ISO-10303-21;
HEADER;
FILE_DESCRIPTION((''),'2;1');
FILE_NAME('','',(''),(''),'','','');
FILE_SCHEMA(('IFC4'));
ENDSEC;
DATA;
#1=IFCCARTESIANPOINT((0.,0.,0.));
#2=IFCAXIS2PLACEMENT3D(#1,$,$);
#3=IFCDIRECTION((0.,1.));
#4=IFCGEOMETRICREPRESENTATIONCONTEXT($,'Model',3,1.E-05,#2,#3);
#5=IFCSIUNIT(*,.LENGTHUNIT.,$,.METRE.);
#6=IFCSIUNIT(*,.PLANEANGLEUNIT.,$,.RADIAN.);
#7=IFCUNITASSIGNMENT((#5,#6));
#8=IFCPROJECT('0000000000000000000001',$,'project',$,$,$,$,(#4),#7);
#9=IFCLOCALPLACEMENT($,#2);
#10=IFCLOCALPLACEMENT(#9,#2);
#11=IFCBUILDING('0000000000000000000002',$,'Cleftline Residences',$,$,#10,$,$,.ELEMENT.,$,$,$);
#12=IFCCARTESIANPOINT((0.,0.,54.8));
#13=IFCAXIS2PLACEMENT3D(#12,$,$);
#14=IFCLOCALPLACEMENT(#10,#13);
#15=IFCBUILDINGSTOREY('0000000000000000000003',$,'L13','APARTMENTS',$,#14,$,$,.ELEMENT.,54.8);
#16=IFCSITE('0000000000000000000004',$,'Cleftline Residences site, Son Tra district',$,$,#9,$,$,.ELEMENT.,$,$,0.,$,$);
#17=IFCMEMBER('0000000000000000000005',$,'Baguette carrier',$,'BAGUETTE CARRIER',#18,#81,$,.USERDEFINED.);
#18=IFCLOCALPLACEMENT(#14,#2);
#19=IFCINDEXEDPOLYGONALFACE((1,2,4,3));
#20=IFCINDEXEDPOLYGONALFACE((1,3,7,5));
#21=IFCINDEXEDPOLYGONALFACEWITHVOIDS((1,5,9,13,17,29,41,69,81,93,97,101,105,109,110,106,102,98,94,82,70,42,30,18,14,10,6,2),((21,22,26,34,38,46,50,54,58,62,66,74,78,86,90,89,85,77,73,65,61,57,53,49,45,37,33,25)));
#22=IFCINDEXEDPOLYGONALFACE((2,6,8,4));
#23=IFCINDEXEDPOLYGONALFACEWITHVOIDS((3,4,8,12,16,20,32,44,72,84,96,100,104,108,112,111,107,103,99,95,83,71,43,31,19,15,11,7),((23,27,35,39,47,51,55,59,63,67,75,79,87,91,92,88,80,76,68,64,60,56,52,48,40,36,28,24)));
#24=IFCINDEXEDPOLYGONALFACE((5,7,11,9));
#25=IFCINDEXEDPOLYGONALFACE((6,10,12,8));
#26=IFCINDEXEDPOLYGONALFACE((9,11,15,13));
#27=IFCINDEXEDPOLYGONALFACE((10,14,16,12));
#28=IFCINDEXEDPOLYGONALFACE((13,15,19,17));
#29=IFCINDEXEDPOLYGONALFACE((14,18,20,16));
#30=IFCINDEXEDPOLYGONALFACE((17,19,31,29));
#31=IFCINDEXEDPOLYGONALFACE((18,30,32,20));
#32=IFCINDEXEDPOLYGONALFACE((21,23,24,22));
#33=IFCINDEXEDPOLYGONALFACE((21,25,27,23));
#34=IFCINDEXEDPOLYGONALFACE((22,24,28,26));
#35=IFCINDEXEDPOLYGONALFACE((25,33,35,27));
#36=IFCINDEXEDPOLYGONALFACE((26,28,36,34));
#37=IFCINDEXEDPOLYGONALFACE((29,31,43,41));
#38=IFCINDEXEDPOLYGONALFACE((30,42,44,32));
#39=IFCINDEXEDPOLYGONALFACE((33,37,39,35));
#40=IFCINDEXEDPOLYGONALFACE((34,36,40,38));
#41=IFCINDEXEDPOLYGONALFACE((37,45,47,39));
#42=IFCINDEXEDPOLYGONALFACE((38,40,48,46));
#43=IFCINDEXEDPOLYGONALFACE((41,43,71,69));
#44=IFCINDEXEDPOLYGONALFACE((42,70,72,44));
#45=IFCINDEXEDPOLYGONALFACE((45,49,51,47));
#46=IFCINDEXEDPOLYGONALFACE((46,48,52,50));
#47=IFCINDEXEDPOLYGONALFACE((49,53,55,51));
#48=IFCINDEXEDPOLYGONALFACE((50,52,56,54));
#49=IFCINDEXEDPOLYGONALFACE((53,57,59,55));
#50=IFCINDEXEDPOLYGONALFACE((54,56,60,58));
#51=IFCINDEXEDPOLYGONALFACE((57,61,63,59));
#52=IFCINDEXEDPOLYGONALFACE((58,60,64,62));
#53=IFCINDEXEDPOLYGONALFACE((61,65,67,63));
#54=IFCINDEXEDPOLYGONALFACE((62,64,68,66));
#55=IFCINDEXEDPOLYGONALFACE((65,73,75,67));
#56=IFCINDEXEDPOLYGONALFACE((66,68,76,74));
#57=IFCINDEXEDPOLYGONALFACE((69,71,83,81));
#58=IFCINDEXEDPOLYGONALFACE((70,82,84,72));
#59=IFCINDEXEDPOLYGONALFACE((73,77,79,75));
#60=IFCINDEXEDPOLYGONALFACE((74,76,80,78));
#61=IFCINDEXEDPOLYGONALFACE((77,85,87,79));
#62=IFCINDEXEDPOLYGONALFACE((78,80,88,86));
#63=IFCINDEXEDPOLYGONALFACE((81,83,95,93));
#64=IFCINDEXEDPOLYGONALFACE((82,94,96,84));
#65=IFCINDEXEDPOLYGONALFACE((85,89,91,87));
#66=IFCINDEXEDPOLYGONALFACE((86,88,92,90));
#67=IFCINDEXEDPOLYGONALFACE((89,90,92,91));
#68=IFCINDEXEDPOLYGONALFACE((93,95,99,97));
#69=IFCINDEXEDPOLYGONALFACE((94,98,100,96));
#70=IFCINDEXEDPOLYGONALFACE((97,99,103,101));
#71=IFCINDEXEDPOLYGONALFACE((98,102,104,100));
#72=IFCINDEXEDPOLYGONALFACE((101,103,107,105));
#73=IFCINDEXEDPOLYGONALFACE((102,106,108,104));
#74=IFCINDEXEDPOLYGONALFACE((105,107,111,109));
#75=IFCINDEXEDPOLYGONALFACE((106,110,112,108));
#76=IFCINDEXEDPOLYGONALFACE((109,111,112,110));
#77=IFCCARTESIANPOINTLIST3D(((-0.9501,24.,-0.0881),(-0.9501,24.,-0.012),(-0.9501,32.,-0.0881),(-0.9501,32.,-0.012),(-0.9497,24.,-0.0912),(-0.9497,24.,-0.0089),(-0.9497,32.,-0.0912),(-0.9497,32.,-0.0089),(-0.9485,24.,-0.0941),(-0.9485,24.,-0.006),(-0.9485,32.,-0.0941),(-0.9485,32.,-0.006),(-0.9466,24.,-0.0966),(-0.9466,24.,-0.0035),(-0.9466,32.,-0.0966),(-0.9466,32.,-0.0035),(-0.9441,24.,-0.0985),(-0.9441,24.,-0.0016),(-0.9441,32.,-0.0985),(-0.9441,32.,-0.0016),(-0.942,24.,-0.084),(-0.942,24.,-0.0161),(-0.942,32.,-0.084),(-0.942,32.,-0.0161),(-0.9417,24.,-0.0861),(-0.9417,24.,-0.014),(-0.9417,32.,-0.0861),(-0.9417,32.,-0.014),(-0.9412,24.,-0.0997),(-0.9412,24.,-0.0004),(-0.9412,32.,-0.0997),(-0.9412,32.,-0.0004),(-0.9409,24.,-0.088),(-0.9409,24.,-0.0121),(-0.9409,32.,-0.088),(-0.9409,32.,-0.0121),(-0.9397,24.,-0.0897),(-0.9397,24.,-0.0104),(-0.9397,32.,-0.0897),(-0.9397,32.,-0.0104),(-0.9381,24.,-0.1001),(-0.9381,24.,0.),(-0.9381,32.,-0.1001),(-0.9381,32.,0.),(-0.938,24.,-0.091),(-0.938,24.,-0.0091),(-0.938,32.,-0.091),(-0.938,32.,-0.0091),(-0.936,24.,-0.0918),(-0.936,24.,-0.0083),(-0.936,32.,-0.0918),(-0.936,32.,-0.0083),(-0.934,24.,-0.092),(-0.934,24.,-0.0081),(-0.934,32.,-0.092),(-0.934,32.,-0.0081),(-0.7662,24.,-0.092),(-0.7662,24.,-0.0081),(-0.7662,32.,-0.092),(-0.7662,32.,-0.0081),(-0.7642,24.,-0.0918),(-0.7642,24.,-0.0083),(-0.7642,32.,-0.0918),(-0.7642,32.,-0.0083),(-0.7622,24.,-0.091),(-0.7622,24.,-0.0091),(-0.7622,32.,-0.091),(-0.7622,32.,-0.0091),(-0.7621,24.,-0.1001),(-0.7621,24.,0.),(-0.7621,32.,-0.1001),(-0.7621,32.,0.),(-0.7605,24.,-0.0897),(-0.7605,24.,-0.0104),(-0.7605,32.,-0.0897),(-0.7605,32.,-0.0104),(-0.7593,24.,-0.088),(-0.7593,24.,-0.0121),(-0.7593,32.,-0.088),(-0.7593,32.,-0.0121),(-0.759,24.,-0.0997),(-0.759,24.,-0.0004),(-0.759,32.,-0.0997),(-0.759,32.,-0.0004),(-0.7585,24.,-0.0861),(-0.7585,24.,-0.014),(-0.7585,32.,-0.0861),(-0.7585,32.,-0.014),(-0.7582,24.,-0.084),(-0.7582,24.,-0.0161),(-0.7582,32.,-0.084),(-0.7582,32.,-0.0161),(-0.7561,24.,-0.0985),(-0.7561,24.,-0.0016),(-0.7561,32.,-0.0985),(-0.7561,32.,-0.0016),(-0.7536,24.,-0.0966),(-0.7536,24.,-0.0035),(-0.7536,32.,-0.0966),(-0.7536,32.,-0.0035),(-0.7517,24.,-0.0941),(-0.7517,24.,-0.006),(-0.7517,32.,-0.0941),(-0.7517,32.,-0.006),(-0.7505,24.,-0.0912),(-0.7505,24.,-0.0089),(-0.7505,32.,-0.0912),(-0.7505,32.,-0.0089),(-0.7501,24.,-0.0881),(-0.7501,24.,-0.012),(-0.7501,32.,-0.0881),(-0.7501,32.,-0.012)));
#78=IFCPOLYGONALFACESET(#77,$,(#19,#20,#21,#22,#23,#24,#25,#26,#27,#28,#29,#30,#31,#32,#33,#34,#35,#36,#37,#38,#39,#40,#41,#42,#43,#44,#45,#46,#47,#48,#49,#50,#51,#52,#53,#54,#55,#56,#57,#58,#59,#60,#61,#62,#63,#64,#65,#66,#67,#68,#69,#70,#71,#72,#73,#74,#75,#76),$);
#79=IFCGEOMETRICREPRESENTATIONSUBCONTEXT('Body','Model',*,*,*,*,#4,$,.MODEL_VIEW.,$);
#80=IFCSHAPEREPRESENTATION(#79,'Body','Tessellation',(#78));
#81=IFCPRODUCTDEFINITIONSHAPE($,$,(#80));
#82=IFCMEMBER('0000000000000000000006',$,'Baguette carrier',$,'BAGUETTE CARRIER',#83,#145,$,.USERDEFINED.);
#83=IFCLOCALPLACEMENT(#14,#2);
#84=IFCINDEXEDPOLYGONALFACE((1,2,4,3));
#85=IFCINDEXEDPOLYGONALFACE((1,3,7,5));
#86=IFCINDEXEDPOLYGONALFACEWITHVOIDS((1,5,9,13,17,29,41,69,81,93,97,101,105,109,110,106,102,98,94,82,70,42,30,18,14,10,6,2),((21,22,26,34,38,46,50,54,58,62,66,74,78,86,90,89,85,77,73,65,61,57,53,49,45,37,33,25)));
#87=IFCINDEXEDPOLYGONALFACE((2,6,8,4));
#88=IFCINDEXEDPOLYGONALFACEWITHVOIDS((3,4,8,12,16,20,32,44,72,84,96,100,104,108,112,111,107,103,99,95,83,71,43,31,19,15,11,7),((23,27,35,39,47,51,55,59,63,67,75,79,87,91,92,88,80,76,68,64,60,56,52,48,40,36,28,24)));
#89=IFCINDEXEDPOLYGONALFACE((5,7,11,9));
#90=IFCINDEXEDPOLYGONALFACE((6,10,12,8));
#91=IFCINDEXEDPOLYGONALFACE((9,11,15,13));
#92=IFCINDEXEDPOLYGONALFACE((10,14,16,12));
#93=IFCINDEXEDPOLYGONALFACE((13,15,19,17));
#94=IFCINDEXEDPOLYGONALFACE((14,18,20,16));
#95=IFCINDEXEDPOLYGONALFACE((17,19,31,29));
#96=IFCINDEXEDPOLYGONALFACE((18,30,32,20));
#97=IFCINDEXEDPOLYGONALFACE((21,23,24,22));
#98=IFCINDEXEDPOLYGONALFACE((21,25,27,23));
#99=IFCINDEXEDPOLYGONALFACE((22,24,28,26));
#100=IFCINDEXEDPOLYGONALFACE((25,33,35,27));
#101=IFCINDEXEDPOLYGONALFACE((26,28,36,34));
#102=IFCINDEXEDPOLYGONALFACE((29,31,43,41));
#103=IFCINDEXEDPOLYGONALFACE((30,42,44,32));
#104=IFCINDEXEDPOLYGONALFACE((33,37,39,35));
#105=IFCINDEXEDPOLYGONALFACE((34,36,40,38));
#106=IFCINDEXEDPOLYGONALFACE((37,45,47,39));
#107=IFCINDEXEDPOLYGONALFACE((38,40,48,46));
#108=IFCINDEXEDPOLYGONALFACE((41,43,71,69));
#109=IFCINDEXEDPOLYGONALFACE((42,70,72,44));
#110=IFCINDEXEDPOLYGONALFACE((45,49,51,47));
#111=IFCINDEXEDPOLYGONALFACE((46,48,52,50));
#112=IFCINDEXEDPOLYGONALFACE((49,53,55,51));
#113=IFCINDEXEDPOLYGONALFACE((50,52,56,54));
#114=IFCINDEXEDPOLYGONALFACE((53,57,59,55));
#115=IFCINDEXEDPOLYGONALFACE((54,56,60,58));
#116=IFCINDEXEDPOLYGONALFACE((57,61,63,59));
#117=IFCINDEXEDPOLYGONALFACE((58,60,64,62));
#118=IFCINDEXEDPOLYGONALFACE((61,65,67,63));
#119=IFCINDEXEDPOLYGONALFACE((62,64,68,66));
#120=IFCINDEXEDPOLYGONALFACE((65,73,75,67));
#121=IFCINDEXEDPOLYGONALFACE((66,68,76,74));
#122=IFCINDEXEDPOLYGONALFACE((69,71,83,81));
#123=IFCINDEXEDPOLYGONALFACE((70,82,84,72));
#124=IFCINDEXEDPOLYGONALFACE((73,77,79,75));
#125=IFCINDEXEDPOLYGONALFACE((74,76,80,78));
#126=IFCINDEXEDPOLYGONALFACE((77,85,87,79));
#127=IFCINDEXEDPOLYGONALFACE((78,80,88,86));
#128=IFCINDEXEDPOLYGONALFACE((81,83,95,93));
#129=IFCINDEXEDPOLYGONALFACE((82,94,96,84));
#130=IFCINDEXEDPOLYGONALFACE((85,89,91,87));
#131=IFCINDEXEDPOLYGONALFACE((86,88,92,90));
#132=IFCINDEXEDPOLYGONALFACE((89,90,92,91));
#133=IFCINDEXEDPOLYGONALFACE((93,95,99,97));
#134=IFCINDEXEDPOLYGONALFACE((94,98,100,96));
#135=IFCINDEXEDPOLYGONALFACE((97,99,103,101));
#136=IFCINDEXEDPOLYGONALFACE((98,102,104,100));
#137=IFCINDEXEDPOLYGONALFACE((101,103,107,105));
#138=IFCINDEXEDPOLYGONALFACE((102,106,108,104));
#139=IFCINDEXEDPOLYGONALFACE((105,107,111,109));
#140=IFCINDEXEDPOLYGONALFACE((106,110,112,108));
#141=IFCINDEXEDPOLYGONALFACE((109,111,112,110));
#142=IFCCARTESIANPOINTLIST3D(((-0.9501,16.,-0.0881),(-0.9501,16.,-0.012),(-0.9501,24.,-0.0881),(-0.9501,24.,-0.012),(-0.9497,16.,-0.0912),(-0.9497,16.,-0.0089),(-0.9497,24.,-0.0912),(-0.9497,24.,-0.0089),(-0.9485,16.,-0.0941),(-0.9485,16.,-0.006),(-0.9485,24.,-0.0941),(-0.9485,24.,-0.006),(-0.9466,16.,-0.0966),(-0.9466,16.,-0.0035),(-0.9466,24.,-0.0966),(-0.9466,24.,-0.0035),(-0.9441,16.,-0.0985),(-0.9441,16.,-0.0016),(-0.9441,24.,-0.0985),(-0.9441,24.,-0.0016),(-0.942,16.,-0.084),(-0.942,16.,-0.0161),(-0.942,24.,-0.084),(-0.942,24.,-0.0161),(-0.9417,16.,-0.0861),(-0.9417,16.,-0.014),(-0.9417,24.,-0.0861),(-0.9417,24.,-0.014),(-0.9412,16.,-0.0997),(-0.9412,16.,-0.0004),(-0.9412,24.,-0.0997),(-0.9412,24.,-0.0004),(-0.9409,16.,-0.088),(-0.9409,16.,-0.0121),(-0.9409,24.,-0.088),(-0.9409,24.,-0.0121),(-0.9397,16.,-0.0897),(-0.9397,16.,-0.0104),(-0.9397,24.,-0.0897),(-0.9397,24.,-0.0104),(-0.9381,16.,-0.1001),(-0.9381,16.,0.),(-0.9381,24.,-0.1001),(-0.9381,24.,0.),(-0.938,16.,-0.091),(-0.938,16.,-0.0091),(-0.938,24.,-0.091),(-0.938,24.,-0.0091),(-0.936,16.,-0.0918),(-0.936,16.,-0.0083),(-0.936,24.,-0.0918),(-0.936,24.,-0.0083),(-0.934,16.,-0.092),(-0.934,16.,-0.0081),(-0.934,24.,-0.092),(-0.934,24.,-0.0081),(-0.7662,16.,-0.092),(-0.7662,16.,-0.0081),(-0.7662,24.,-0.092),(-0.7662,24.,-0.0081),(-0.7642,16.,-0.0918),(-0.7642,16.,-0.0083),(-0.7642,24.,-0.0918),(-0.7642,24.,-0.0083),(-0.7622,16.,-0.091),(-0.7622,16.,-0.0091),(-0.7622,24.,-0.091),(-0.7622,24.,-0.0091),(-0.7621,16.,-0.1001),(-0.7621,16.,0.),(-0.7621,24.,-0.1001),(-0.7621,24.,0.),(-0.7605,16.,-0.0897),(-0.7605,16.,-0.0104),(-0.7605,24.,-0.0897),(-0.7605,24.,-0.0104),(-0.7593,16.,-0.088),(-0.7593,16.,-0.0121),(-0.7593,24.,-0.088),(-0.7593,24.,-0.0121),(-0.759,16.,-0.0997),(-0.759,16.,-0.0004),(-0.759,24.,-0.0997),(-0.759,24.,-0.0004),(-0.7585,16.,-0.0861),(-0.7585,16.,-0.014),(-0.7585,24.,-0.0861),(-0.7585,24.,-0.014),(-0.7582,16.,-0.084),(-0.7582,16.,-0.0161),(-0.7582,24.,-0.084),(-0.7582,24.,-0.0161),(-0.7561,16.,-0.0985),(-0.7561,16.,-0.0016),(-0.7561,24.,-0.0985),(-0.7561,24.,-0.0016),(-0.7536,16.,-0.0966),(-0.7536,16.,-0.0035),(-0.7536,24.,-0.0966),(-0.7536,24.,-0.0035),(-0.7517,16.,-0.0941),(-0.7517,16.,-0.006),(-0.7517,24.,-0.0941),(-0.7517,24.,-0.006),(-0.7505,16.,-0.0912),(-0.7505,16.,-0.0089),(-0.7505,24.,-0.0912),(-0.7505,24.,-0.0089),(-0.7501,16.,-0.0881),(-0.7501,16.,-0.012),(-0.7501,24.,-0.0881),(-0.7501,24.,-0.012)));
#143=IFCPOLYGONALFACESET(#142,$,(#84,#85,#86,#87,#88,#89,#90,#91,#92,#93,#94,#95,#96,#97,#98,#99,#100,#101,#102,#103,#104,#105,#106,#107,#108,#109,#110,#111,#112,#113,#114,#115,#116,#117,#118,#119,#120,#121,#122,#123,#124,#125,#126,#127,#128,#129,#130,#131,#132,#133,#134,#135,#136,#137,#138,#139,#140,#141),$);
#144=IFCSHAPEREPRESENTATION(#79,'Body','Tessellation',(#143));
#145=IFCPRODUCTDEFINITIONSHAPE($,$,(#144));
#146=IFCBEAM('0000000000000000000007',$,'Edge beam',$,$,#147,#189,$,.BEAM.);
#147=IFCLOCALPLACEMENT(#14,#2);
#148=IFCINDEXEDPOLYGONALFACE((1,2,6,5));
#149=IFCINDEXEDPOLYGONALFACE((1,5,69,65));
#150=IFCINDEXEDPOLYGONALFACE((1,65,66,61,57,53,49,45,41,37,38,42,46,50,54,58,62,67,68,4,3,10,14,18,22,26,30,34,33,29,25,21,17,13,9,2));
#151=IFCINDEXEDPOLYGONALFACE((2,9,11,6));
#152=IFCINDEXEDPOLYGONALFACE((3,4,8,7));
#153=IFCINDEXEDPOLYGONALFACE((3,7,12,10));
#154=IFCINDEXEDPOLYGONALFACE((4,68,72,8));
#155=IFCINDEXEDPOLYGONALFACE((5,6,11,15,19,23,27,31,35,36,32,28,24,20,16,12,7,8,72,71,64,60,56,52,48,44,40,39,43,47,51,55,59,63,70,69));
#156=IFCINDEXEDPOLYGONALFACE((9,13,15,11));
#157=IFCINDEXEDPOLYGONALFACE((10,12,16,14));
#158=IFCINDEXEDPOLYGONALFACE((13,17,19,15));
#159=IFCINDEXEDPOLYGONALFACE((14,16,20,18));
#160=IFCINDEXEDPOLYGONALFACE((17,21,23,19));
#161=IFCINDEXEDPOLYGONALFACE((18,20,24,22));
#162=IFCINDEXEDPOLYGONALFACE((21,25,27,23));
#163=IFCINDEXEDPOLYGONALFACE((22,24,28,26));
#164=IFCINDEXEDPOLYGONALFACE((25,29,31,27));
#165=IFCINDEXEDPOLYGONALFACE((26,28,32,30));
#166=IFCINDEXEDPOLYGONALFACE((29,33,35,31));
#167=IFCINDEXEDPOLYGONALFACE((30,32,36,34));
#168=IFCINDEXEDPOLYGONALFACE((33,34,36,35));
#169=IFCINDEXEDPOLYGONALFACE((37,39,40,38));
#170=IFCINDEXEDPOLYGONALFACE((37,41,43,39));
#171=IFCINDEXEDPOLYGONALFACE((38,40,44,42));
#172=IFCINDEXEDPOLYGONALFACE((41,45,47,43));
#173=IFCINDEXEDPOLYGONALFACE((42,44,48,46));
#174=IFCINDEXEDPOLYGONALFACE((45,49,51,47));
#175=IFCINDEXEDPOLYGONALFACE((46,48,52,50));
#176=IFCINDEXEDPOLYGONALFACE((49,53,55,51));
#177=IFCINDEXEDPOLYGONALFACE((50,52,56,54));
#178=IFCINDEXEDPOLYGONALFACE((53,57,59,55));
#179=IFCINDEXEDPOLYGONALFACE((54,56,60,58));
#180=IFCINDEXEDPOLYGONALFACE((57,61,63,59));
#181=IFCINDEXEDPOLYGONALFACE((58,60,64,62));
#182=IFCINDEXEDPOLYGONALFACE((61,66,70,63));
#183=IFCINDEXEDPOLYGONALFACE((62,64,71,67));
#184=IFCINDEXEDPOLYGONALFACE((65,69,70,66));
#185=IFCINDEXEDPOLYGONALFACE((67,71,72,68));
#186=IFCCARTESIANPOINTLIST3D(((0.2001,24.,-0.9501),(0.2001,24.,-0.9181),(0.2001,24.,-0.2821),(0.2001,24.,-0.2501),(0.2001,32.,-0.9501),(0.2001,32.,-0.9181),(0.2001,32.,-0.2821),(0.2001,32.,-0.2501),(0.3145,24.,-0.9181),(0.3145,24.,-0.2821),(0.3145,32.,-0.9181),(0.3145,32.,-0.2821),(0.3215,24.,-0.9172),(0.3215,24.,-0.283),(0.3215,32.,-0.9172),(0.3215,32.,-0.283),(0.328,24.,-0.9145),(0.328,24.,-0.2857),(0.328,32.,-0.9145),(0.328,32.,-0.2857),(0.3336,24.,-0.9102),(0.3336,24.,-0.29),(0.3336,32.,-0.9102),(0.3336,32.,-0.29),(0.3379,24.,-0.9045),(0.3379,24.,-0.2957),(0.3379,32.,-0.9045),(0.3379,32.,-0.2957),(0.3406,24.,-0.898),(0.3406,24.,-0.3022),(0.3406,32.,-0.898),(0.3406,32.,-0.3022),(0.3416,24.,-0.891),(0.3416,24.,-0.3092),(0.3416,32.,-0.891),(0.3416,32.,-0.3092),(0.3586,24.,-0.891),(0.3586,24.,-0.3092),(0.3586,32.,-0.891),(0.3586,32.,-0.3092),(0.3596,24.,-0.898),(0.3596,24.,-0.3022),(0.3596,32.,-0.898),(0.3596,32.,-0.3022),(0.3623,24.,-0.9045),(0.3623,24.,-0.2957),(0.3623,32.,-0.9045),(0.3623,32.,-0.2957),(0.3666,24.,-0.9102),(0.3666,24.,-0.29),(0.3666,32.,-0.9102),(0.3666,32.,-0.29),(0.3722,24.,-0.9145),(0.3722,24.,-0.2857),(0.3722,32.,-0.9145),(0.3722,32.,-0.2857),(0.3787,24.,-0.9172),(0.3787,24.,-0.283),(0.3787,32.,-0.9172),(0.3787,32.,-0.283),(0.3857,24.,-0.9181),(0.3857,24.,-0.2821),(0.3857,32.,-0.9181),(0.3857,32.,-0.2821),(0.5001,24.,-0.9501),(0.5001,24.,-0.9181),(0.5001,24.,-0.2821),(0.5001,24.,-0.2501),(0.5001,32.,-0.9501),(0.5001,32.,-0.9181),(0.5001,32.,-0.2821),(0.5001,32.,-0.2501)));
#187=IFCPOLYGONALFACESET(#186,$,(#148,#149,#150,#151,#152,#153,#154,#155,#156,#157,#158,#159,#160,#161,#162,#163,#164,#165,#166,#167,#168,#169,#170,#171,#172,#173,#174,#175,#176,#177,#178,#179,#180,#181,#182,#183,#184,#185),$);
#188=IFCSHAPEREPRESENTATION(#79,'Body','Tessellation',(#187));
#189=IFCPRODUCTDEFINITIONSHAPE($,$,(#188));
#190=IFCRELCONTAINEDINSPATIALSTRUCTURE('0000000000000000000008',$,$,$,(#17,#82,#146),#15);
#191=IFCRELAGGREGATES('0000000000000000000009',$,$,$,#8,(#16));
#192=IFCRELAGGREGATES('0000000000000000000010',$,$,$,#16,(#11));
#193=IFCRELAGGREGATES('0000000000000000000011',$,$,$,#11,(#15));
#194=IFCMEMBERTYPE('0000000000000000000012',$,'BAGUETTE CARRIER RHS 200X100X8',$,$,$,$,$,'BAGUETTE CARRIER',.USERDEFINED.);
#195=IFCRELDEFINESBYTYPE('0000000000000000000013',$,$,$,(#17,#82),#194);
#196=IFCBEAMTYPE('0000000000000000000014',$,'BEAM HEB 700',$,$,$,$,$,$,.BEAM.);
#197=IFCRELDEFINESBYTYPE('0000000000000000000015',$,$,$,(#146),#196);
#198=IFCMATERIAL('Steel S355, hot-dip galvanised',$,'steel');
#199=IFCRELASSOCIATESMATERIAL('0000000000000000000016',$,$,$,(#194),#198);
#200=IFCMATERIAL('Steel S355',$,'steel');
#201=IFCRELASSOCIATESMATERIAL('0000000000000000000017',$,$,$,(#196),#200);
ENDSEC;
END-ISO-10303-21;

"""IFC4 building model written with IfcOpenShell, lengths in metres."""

from ifc_helpers import new_model, si_unit, direction, frame, origin, origin_2d, place, context, subcontext, project, spatial, hollow_rectangle, i_section, extrude, material, material_profile, profile_set, type_object, element, save


model = new_model("IFC4")

# Units and contexts
model_context = context("Model", 3, precision=1e-05, world=origin(), true_north=direction((0.0, 1.0)))
body_context = subcontext(model_context, "Body", "Model", "MODEL_VIEW")
ifc_project = project(units=[si_unit("LENGTHUNIT", "METRE"), si_unit("PLANEANGLEUNIT", "RADIAN")], contexts=[model_context])

# Site, building, storey
site_placement = place(None, origin())
site = spatial("IfcSite", under=ifc_project, at=site_placement, Name="Cleftline Residences site, Son Tra district", CompositionType="ELEMENT", RefElevation=0.0)
building_placement = place(site_placement, origin())
building = spatial("IfcBuilding", under=site, at=building_placement, Name="Cleftline Residences", CompositionType="ELEMENT")
storey_placement = place(building_placement, frame((0.0, 0.0, 54.8)))
storey = spatial("IfcBuildingStorey", under=building, at=storey_placement, Name="L13", Description="APARTMENTS", CompositionType="ELEMENT", Elevation=54.8)

# Members
ifc_material_1 = material(Name="Steel S355, hot-dip galvanised", Category="steel")
ifc_material_profile_1 = material_profile(ifc_material_1, hollow_rectangle(XDim=0.1001, YDim=0.2, WallThickness=0.0081, InnerFilletRadius=0.0081, OuterFilletRadius=0.012, at=origin_2d()))
ifc_profile_set_1 = profile_set([ifc_material_profile_1], Name="Steel S355, hot-dip galvanised")
member_type_1 = type_object("IfcMemberType", Name="BAGUETTE CARRIER RHS 200X100X8", ElementType="BAGUETTE CARRIER", PredefinedType="USERDEFINED", material=ifc_profile_set_1)
for number, where, z_axis, x_axis, name in (
    (1, (-0.8501, 32.0, -0.05), (0.0, -1.0, 0.0), (0.0, 0.0, 1.0), "Baguette carrier"),
    (2, (-0.8501, 24.0, -0.05), (0.0, -1.0, 0.0), (0.0, 0.0, 1.0), "Baguette carrier"),
):
    element("IfcMember", number, at=place(storey_placement, frame(where, z_axis=z_axis, x_axis=x_axis)), inside=storey, type_object=member_type_1, Name=name, ObjectType="BAGUETTE CARRIER", PredefinedType="USERDEFINED", context=body_context, shape_type="SweptSolid", body=[
        extrude(hollow_rectangle(XDim=0.1001, YDim=0.2, WallThickness=0.0081, InnerFilletRadius=0.0081, OuterFilletRadius=0.012, at=origin_2d()), origin(), (0.0, 0.0, 1.0), 8.0),
    ])

# Beam
ifc_material_2 = material(Name="Steel S355", Category="steel")
ifc_material_profile_2 = material_profile(ifc_material_2, i_section(OverallWidth=0.3, OverallDepth=0.7, WebThickness=0.0171, FlangeThickness=0.032, FilletRadius=0.0271, at=origin_2d()))
ifc_profile_set_2 = profile_set([ifc_material_profile_2], Name="Steel S355")
beam_type_1 = type_object("IfcBeamType", Name="BEAM HEB 700", PredefinedType="BEAM", material=ifc_profile_set_2)
for number, where, z_axis, x_axis, name in (
    (3, (0.3501, 24.0, -0.6001), (0.0, 1.0, 0.0), (-1.0, 0.0, 0.0), "Edge beam"),
):
    element("IfcBeam", number, at=place(storey_placement, frame(where, z_axis=z_axis, x_axis=x_axis)), inside=storey, type_object=beam_type_1, Name=name, PredefinedType="BEAM", context=body_context, shape_type="SweptSolid", body=[
        extrude(i_section(OverallWidth=0.3, OverallDepth=0.7, WebThickness=0.0171, FlangeThickness=0.032, FilletRadius=0.0271, at=origin_2d()), origin(), (0.0, 0.0, 1.0), 8.0),
    ])

save(model, "model.ifc")
